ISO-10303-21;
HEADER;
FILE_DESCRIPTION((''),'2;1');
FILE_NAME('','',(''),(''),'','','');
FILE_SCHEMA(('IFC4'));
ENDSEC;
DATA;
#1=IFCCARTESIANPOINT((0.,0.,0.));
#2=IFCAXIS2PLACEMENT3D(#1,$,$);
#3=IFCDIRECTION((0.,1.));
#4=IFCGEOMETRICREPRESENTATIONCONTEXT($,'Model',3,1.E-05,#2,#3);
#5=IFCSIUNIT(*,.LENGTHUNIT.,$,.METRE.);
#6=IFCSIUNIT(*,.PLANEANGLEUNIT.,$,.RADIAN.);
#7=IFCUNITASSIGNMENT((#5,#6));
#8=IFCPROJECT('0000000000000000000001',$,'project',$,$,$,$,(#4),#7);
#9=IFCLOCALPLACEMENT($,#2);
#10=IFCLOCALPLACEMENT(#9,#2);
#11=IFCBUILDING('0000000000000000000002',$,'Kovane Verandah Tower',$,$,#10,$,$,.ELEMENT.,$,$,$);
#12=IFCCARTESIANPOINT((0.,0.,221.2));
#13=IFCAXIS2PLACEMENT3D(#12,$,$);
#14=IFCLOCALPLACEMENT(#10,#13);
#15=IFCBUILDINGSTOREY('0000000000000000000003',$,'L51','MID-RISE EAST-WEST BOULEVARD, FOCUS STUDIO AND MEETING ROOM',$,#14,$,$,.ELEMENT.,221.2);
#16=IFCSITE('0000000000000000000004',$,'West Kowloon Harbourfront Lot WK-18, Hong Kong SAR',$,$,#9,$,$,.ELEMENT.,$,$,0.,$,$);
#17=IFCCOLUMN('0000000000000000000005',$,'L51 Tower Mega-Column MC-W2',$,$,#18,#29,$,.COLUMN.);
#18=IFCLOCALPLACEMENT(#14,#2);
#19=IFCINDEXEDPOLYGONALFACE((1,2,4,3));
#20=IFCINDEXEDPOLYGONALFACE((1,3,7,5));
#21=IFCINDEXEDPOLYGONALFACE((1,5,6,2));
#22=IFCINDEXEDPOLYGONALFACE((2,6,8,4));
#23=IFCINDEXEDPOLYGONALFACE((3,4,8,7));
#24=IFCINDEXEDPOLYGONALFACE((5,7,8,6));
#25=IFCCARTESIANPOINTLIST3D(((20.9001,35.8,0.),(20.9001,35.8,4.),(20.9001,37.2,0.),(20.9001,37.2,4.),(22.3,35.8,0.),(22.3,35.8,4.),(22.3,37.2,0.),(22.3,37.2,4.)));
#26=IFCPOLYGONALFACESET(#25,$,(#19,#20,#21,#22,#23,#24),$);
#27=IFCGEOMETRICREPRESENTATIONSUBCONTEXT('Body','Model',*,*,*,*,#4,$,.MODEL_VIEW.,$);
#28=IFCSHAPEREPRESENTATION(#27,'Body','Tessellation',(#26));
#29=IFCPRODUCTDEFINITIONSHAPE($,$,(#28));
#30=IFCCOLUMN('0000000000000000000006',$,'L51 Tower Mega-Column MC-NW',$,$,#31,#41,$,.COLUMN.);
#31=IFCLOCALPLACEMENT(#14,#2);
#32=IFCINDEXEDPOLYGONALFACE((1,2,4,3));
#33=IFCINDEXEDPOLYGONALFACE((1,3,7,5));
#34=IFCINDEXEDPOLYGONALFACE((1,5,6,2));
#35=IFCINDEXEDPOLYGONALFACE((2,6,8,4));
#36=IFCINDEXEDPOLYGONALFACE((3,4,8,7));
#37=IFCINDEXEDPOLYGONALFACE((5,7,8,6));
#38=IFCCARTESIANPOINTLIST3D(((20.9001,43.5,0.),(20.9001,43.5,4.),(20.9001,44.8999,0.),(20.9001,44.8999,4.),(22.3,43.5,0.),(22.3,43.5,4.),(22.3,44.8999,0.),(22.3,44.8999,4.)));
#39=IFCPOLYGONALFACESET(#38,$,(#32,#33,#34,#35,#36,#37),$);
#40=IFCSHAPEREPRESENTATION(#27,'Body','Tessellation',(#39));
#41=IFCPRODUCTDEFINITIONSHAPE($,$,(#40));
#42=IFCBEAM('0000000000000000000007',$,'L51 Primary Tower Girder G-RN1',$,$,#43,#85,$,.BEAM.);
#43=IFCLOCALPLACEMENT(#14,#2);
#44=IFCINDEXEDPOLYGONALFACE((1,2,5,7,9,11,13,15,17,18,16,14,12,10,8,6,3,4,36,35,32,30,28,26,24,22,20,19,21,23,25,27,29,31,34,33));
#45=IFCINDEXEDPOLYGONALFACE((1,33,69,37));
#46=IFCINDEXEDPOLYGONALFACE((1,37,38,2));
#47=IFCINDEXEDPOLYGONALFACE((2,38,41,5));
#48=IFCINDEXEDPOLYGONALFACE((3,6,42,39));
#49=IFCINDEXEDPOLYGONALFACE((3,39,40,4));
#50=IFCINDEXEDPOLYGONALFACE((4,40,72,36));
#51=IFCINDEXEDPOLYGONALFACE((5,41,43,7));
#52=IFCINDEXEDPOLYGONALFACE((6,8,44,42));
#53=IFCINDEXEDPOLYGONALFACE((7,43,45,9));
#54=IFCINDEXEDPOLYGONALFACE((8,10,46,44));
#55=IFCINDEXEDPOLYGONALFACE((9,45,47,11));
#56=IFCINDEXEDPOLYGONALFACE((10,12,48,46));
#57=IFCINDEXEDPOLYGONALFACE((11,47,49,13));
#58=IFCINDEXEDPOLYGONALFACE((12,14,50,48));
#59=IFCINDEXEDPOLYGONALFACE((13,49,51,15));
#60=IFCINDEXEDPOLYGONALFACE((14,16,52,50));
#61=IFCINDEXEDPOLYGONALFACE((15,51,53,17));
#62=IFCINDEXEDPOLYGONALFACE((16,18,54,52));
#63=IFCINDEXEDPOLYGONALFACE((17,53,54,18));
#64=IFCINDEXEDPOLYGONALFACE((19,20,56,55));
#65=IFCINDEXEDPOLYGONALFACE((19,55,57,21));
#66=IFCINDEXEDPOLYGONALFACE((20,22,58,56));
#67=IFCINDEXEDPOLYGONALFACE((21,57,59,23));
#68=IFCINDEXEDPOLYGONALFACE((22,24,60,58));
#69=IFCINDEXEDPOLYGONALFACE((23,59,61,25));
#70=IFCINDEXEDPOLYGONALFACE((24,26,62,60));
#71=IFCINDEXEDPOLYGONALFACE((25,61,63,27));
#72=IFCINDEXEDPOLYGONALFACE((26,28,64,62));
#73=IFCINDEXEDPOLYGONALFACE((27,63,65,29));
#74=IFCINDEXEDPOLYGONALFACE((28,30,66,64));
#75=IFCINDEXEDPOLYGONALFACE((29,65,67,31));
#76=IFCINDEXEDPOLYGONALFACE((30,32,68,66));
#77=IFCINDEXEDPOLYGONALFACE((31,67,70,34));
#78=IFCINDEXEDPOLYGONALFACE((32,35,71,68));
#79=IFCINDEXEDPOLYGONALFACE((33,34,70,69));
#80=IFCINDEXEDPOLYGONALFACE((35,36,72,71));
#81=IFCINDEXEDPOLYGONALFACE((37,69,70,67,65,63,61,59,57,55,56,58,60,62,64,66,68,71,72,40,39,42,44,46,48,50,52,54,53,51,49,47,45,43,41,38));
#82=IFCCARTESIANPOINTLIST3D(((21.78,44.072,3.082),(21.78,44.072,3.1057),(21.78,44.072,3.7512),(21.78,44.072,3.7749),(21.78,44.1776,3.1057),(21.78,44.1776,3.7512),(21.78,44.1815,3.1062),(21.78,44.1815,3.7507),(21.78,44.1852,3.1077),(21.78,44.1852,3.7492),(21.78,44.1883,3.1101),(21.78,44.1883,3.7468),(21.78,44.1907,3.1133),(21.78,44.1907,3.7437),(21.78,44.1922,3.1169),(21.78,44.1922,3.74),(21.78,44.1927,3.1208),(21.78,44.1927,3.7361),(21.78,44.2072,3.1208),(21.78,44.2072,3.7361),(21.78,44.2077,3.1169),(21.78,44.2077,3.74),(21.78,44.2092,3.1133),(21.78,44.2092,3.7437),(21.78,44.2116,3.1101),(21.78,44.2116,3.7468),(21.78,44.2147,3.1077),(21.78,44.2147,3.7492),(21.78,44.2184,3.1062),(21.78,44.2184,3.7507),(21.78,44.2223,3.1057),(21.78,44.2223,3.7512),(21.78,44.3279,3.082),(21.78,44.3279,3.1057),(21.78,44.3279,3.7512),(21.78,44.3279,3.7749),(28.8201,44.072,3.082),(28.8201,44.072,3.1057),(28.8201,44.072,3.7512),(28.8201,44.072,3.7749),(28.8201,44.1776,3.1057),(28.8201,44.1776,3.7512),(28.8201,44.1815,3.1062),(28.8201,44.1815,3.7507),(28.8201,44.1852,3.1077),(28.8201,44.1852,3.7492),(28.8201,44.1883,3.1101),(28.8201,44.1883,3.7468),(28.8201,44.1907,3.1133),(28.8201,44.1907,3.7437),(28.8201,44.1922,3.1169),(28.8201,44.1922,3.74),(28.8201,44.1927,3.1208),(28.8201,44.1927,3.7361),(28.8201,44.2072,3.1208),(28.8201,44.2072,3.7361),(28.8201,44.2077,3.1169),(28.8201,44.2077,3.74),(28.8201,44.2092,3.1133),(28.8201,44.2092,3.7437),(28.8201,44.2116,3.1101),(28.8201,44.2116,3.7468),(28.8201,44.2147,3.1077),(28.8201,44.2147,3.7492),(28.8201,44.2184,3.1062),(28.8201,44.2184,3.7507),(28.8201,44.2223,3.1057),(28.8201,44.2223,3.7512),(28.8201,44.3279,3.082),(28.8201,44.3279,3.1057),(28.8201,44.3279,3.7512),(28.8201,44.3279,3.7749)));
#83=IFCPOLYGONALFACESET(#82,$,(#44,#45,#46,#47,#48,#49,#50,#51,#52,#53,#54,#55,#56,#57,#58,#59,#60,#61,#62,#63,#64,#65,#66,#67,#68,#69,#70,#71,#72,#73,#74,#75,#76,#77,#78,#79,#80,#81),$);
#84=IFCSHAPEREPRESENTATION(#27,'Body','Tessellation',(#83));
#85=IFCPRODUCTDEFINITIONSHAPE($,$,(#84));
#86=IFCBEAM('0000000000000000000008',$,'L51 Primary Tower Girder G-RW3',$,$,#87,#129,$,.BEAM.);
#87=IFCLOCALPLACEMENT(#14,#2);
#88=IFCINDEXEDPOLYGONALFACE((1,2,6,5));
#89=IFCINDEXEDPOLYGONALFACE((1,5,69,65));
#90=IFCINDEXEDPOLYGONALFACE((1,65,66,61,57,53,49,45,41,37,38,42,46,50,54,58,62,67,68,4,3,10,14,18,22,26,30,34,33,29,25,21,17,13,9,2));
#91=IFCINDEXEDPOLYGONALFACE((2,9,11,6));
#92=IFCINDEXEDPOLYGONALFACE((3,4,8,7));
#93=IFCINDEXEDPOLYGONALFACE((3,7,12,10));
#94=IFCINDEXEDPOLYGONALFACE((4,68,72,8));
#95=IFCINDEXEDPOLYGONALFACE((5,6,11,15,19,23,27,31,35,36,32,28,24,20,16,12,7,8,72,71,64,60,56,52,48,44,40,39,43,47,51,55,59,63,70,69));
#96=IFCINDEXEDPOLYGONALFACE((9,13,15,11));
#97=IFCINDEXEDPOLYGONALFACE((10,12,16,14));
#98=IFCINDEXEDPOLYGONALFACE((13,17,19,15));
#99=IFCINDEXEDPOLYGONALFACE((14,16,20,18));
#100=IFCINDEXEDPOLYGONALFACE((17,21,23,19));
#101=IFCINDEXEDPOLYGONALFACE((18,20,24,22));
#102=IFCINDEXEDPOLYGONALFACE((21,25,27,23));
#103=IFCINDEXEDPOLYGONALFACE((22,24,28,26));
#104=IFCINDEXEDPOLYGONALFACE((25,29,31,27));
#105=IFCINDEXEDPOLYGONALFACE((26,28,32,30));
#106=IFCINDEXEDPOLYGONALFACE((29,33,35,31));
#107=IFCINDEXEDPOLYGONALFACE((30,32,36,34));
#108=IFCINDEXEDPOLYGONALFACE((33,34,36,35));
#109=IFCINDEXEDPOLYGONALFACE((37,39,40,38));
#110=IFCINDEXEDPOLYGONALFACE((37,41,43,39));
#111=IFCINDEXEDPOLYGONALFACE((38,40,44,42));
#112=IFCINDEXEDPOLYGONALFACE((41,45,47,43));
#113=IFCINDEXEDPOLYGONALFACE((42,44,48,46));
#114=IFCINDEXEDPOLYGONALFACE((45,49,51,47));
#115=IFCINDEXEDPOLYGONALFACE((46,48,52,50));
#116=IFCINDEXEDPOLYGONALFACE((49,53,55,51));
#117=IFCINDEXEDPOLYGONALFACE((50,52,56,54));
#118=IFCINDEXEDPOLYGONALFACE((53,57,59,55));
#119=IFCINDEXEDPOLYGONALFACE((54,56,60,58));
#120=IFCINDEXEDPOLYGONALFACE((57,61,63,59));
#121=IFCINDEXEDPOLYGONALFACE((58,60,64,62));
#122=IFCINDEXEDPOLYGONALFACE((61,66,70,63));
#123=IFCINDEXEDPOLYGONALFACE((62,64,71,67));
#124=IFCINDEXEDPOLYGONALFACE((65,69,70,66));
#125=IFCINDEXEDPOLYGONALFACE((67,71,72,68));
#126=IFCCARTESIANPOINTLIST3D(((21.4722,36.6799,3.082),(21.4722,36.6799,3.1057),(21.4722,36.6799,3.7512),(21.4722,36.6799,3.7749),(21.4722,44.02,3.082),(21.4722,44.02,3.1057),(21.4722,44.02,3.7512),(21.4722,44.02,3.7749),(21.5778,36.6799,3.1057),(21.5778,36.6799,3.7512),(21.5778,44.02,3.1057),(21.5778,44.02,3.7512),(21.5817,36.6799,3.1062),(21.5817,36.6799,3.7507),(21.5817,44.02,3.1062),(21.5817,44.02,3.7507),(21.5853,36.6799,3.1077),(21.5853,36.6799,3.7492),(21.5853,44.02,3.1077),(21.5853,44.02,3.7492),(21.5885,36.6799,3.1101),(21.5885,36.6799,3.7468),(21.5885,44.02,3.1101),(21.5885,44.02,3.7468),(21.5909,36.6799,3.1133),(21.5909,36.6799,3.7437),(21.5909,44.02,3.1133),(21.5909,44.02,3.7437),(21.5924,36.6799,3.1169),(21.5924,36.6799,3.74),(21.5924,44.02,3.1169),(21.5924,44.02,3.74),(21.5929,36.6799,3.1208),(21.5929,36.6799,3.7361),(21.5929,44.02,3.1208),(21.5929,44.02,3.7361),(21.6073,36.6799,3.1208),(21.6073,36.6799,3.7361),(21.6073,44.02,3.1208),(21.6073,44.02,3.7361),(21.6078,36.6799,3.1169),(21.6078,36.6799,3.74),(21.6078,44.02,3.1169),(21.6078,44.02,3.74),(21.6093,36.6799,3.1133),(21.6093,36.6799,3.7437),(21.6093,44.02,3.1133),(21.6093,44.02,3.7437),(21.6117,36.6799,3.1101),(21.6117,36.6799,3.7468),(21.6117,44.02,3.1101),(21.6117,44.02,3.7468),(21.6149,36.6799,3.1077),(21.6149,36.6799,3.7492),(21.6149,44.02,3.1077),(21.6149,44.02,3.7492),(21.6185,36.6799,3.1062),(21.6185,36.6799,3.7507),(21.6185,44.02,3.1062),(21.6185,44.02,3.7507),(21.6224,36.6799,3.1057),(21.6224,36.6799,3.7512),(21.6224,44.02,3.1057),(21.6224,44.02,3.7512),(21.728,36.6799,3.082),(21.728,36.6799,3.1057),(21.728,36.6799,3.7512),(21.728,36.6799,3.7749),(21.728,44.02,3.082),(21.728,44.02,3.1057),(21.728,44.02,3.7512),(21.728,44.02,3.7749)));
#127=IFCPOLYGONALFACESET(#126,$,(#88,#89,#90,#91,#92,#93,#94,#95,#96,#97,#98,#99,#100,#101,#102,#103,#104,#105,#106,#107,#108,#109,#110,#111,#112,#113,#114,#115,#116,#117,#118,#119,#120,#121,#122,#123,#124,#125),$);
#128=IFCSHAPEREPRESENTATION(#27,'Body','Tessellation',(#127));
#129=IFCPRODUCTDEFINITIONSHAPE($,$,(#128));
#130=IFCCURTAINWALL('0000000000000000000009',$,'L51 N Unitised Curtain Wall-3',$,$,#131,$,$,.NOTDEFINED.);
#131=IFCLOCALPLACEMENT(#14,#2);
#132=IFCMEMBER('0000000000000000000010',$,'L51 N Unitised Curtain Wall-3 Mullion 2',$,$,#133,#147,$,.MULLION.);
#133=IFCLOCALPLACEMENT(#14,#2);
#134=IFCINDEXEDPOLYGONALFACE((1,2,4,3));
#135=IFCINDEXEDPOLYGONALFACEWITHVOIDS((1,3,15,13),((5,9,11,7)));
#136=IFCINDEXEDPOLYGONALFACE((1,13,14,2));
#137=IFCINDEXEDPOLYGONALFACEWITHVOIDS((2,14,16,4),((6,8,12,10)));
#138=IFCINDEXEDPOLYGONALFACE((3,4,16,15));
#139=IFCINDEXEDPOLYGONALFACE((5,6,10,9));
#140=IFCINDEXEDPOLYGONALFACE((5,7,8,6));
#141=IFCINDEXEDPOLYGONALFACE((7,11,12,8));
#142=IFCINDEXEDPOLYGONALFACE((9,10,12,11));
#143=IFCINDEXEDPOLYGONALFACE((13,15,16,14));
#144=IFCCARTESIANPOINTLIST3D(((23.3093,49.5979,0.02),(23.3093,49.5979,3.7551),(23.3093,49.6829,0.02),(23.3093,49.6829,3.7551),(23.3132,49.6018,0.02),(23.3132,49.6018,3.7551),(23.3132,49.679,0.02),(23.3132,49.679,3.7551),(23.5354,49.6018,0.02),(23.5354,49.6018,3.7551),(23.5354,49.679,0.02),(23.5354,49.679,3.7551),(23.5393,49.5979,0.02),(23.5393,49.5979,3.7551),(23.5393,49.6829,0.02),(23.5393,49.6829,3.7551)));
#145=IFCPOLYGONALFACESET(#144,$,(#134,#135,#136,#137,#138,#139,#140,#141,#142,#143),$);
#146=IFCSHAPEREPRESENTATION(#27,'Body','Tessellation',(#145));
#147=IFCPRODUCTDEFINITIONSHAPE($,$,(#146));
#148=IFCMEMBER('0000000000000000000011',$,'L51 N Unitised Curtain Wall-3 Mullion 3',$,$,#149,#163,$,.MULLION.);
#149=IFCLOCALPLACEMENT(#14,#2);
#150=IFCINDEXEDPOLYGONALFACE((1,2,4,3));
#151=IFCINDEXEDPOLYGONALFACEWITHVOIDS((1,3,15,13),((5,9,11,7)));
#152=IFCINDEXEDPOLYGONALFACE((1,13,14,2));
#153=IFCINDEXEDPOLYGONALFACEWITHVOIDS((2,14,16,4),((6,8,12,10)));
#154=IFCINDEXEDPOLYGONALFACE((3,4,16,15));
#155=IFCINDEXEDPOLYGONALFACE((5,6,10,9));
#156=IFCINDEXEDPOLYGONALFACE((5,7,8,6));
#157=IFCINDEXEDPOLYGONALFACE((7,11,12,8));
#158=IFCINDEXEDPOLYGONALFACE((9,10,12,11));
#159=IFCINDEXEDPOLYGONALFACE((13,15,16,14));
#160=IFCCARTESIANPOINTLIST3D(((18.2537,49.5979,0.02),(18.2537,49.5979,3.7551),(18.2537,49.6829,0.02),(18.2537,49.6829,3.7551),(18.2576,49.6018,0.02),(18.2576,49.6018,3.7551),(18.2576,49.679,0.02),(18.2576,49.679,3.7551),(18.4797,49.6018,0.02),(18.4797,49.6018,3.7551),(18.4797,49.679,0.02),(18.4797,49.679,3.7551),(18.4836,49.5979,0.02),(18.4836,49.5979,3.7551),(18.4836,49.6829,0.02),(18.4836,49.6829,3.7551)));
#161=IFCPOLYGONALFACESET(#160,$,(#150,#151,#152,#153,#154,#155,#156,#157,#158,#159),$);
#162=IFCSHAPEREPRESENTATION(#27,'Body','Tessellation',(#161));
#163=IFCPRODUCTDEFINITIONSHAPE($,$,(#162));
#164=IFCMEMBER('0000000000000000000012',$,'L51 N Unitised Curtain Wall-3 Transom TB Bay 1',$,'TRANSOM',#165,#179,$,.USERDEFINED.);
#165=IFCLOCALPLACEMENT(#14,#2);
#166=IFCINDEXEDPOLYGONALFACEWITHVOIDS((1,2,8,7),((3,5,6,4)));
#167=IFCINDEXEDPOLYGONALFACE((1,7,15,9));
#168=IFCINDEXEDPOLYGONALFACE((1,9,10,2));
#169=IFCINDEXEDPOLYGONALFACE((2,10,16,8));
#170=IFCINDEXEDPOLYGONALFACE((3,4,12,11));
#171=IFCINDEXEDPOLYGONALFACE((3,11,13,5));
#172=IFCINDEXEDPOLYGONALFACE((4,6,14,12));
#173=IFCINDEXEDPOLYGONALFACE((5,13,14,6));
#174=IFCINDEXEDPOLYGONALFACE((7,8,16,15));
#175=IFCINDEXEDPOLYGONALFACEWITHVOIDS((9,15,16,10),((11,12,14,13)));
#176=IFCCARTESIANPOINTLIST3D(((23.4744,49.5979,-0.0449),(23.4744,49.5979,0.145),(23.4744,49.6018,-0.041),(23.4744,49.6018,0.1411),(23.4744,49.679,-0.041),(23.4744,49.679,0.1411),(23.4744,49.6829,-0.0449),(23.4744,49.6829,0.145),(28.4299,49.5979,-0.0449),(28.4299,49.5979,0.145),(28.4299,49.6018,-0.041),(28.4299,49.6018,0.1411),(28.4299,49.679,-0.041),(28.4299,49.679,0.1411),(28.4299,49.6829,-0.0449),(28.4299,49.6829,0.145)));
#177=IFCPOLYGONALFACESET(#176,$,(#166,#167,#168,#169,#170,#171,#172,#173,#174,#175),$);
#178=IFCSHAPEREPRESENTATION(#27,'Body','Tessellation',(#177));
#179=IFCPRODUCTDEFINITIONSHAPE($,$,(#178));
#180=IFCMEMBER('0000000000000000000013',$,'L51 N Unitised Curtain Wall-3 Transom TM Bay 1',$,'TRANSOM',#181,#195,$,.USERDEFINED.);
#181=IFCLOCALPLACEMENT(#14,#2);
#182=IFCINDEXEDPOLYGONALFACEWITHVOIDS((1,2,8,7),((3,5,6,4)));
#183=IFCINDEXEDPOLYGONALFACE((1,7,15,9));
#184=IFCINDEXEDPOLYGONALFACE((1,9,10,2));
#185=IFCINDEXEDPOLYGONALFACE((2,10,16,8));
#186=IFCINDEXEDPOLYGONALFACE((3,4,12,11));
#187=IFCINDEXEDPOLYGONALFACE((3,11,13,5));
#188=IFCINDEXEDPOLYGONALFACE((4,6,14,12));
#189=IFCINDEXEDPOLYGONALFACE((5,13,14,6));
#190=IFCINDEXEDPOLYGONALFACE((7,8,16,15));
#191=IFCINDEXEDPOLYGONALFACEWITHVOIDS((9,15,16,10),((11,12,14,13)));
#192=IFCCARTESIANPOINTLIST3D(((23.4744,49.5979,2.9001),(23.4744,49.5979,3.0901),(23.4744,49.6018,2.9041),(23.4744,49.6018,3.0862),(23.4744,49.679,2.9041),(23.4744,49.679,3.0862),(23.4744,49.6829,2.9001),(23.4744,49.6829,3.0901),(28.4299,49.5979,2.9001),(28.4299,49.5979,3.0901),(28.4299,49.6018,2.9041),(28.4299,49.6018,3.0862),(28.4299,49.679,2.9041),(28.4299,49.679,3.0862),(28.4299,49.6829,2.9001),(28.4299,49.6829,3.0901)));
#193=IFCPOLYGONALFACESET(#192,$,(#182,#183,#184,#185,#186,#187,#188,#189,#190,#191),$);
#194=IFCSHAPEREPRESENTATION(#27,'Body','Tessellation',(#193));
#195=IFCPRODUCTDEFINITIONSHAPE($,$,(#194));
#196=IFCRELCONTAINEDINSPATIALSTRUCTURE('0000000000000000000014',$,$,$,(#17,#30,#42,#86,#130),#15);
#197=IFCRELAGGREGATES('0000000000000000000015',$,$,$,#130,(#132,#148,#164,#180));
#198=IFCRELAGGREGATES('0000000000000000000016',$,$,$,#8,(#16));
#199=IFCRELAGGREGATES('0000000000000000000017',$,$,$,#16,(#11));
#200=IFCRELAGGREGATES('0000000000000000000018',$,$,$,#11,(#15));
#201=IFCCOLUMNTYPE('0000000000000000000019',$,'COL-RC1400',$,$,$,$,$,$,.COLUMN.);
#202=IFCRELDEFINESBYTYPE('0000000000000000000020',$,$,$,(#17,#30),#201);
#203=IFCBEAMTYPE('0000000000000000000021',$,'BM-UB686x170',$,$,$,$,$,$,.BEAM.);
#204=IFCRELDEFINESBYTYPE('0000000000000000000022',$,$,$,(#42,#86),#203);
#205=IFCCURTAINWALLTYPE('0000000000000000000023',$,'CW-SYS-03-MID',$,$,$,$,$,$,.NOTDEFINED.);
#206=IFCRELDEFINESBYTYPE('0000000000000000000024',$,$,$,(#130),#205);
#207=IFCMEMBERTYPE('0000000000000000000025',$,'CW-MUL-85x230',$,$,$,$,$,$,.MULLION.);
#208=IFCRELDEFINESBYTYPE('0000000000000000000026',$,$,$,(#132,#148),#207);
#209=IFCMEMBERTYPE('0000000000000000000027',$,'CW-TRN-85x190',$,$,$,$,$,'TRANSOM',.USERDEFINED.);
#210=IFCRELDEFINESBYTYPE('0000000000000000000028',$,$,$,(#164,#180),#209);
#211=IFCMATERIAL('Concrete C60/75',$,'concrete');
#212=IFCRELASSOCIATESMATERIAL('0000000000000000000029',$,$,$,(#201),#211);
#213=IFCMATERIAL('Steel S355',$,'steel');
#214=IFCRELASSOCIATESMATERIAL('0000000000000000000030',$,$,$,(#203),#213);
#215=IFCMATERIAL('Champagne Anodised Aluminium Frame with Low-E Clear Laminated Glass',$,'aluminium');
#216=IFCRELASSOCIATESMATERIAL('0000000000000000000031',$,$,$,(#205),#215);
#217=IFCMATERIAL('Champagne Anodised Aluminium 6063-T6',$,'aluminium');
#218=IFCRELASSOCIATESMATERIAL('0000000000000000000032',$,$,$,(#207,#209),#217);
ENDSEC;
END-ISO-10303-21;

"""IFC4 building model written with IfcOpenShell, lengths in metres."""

from ifc_helpers import new_model, si_unit, direction, frame, origin, origin_2d, place, context, subcontext, project, spatial, rectangle, hollow_rectangle, i_section, extrude, material, material_profile, profile_set, type_object, element, aggregate, save


model = new_model("IFC4")

# Units and contexts
model_context = context("Model", 3, precision=1e-05, world=origin(), true_north=direction((0.0, 1.0)))
body_context = subcontext(model_context, "Body", "Model", "MODEL_VIEW")
ifc_project = project(units=[si_unit("LENGTHUNIT", "METRE"), si_unit("PLANEANGLEUNIT", "RADIAN")], contexts=[model_context])

# Site, building, storey
site_placement = place(None, origin())
site = spatial("IfcSite", under=ifc_project, at=site_placement, Name="West Kowloon Harbourfront Lot WK-18, Hong Kong SAR", CompositionType="ELEMENT", RefElevation=0.0)
building_placement = place(site_placement, origin())
building = spatial("IfcBuilding", under=site, at=building_placement, Name="Kovane Verandah Tower", CompositionType="ELEMENT")
storey_placement = place(building_placement, frame((0.0, 0.0, 221.2)))
storey = spatial("IfcBuildingStorey", under=building, at=storey_placement, Name="L51", Description="MID-RISE EAST-WEST BOULEVARD, FOCUS STUDIO AND MEETING ROOM", CompositionType="ELEMENT", Elevation=221.2)

# Columns
ifc_material_1 = material(Name="Concrete C60/75", Category="concrete")
ifc_material_profile_1 = material_profile(ifc_material_1, rectangle(XDim=1.3999, YDim=1.3999, at=origin_2d()), Name="RC1400x1400")
ifc_profile_set_1 = profile_set([ifc_material_profile_1], Name="Concrete C60/75")
column_type = type_object("IfcColumnType", Name="COL-RC1400", PredefinedType="COLUMN", material=ifc_profile_set_1)
for number, where, z_axis, x_axis, name in (
    (1, (21.6001, 36.5, 0.0), (0.0, 0.0, 1.0), (1.0, 0.0, 0.0), "L51 Tower Mega-Column MC-W2"),
    (2, (21.6001, 44.2, 0.0), (0.0, 0.0, 1.0), (1.0, 0.0, 0.0), "L51 Tower Mega-Column MC-NW"),
):
    element("IfcColumn", number, at=place(storey_placement, frame(where, z_axis=z_axis, x_axis=x_axis)), inside=storey, type_object=column_type, Name=name, PredefinedType="COLUMN", context=body_context, shape_type="SweptSolid", body=[
        extrude(rectangle(XDim=1.3999, YDim=1.3999, at=origin_2d()), origin(), (0.0, 0.0, 1.0), 4.0),
    ])

# Beams
ifc_material_2 = material(Name="Steel S355", Category="steel")
ifc_material_profile_2 = material_profile(ifc_material_2, i_section(OverallWidth=0.2559, OverallDepth=0.6929, WebThickness=0.0144, FlangeThickness=0.0237, FilletRadius=0.0151, at=origin_2d()), Name="UB686x254x170")
ifc_profile_set_2 = profile_set([ifc_material_profile_2], Name="Steel S355")
beam_type_1 = type_object("IfcBeamType", Name="BM-UB686x170", PredefinedType="BEAM", material=ifc_profile_set_2)
beam_1_placement = place(storey_placement, frame((21.78, 44.2, 3.4285), z_axis=(1.0, 0.0, 0.0), x_axis=(0.0, 1.0, 0.0)))
element("IfcBeam", 3, at=beam_1_placement, inside=storey, type_object=beam_type_1, Name="L51 Primary Tower Girder G-RN1", PredefinedType="BEAM", context=body_context, shape_type="SweptSolid", body=[
    extrude(i_section(OverallWidth=0.2559, OverallDepth=0.6929, WebThickness=0.0144, FlangeThickness=0.0237, FilletRadius=0.0151, at=origin_2d()), origin(), (0.0, 0.0, 1.0), 7.04),
])
beam_2_placement = place(storey_placement, frame((21.6001, 36.6799, 3.4285), z_axis=(0.0, 1.0, 0.0), x_axis=(-1.0, 0.0, 0.0)))
element("IfcBeam", 4, at=beam_2_placement, inside=storey, type_object=beam_type_1, Name="L51 Primary Tower Girder G-RW3", PredefinedType="BEAM", context=body_context, shape_type="SweptSolid", body=[
    extrude(i_section(OverallWidth=0.2559, OverallDepth=0.6929, WebThickness=0.0144, FlangeThickness=0.0237, FilletRadius=0.0151, at=origin_2d()), origin(), (0.0, 0.0, 1.0), 7.3401),
])

# Curtain wall, members
ifc_material_3 = material(Name="Champagne Anodised Aluminium Frame with Low-E Clear Laminated Glass", Category="aluminium")
curtain_wall_type = type_object("IfcCurtainWallType", Name="CW-SYS-03-MID", PredefinedType="NOTDEFINED", material=ifc_material_3)
curtain_wall_placement = place(storey_placement, origin())
curtain_wall = element("IfcCurtainWall", 5, at=curtain_wall_placement, inside=storey, type_object=curtain_wall_type, Name="L51 N Unitised Curtain Wall-3", PredefinedType="NOTDEFINED")
ifc_material_4 = material(Name="Champagne Anodised Aluminium 6063-T6", Category="aluminium")
ifc_material_profile_3 = material_profile(ifc_material_4, hollow_rectangle(XDim=0.085, YDim=0.23, WallThickness=0.0039, at=origin_2d()), Name="AL85x230x4")
ifc_profile_set_3 = profile_set([ifc_material_profile_3], Name="Champagne Anodised Aluminium 6063-T6")
member_type_1 = type_object("IfcMemberType", Name="CW-MUL-85x230", PredefinedType="MULLION", material=ifc_profile_set_3)
member_1_placement = place(storey_placement, frame((23.4243, 49.6404, 0.02), z_axis=(0.0, 0.0, 1.0), x_axis=(0.0, 1.0, 0.0)))
member_1 = element("IfcMember", 6, at=member_1_placement, type_object=member_type_1, Name="L51 N Unitised Curtain Wall-3 Mullion 2", PredefinedType="MULLION", context=body_context, shape_type="SweptSolid", body=[
    extrude(hollow_rectangle(XDim=0.085, YDim=0.23, WallThickness=0.0039, at=origin_2d()), origin(), (0.0, 0.0, 1.0), 3.7351),
])
member_2_placement = place(storey_placement, frame((18.3687, 49.6404, 0.02), z_axis=(0.0, 0.0, 1.0), x_axis=(0.0, 1.0, 0.0)))
member_2 = element("IfcMember", 7, at=member_2_placement, type_object=member_type_1, Name="L51 N Unitised Curtain Wall-3 Mullion 3", PredefinedType="MULLION", context=body_context, shape_type="SweptSolid", body=[
    extrude(hollow_rectangle(XDim=0.085, YDim=0.23, WallThickness=0.0039, at=origin_2d()), origin(), (0.0, 0.0, 1.0), 3.7351),
])
ifc_material_profile_4 = material_profile(ifc_material_4, hollow_rectangle(XDim=0.085, YDim=0.1899, WallThickness=0.0039, at=origin_2d()), Name="AL85x190x4")
ifc_profile_set_4 = profile_set([ifc_material_profile_4], Name="Champagne Anodised Aluminium 6063-T6")
member_type_2 = type_object("IfcMemberType", Name="CW-TRN-85x190", ElementType="TRANSOM", PredefinedType="USERDEFINED", material=ifc_profile_set_4)
member_3_placement = place(storey_placement, frame((28.4299, 49.6404, 0.05), z_axis=(-1.0, 0.0, 0.0), x_axis=(0.0, -1.0, 0.0)))
member_3 = element("IfcMember", 8, at=member_3_placement, type_object=member_type_2, Name="L51 N Unitised Curtain Wall-3 Transom TB Bay 1", ObjectType="TRANSOM", PredefinedType="USERDEFINED", context=body_context, shape_type="SweptSolid", body=[
    extrude(hollow_rectangle(XDim=0.085, YDim=0.1899, WallThickness=0.0039, at=origin_2d()), origin(), (0.0, 0.0, 1.0), 4.9556),
])
member_4_placement = place(storey_placement, frame((28.4299, 49.6404, 2.9951), z_axis=(-1.0, 0.0, 0.0), x_axis=(0.0, -1.0, 0.0)))
member_4 = element("IfcMember", 9, at=member_4_placement, type_object=member_type_2, Name="L51 N Unitised Curtain Wall-3 Transom TM Bay 1", ObjectType="TRANSOM", PredefinedType="USERDEFINED", context=body_context, shape_type="SweptSolid", body=[
    extrude(hollow_rectangle(XDim=0.085, YDim=0.1899, WallThickness=0.0039, at=origin_2d()), origin(), (0.0, 0.0, 1.0), 4.9556),
])

aggregate(curtain_wall, [member_1, member_2, member_3, member_4])

save(model, "model.ifc")
